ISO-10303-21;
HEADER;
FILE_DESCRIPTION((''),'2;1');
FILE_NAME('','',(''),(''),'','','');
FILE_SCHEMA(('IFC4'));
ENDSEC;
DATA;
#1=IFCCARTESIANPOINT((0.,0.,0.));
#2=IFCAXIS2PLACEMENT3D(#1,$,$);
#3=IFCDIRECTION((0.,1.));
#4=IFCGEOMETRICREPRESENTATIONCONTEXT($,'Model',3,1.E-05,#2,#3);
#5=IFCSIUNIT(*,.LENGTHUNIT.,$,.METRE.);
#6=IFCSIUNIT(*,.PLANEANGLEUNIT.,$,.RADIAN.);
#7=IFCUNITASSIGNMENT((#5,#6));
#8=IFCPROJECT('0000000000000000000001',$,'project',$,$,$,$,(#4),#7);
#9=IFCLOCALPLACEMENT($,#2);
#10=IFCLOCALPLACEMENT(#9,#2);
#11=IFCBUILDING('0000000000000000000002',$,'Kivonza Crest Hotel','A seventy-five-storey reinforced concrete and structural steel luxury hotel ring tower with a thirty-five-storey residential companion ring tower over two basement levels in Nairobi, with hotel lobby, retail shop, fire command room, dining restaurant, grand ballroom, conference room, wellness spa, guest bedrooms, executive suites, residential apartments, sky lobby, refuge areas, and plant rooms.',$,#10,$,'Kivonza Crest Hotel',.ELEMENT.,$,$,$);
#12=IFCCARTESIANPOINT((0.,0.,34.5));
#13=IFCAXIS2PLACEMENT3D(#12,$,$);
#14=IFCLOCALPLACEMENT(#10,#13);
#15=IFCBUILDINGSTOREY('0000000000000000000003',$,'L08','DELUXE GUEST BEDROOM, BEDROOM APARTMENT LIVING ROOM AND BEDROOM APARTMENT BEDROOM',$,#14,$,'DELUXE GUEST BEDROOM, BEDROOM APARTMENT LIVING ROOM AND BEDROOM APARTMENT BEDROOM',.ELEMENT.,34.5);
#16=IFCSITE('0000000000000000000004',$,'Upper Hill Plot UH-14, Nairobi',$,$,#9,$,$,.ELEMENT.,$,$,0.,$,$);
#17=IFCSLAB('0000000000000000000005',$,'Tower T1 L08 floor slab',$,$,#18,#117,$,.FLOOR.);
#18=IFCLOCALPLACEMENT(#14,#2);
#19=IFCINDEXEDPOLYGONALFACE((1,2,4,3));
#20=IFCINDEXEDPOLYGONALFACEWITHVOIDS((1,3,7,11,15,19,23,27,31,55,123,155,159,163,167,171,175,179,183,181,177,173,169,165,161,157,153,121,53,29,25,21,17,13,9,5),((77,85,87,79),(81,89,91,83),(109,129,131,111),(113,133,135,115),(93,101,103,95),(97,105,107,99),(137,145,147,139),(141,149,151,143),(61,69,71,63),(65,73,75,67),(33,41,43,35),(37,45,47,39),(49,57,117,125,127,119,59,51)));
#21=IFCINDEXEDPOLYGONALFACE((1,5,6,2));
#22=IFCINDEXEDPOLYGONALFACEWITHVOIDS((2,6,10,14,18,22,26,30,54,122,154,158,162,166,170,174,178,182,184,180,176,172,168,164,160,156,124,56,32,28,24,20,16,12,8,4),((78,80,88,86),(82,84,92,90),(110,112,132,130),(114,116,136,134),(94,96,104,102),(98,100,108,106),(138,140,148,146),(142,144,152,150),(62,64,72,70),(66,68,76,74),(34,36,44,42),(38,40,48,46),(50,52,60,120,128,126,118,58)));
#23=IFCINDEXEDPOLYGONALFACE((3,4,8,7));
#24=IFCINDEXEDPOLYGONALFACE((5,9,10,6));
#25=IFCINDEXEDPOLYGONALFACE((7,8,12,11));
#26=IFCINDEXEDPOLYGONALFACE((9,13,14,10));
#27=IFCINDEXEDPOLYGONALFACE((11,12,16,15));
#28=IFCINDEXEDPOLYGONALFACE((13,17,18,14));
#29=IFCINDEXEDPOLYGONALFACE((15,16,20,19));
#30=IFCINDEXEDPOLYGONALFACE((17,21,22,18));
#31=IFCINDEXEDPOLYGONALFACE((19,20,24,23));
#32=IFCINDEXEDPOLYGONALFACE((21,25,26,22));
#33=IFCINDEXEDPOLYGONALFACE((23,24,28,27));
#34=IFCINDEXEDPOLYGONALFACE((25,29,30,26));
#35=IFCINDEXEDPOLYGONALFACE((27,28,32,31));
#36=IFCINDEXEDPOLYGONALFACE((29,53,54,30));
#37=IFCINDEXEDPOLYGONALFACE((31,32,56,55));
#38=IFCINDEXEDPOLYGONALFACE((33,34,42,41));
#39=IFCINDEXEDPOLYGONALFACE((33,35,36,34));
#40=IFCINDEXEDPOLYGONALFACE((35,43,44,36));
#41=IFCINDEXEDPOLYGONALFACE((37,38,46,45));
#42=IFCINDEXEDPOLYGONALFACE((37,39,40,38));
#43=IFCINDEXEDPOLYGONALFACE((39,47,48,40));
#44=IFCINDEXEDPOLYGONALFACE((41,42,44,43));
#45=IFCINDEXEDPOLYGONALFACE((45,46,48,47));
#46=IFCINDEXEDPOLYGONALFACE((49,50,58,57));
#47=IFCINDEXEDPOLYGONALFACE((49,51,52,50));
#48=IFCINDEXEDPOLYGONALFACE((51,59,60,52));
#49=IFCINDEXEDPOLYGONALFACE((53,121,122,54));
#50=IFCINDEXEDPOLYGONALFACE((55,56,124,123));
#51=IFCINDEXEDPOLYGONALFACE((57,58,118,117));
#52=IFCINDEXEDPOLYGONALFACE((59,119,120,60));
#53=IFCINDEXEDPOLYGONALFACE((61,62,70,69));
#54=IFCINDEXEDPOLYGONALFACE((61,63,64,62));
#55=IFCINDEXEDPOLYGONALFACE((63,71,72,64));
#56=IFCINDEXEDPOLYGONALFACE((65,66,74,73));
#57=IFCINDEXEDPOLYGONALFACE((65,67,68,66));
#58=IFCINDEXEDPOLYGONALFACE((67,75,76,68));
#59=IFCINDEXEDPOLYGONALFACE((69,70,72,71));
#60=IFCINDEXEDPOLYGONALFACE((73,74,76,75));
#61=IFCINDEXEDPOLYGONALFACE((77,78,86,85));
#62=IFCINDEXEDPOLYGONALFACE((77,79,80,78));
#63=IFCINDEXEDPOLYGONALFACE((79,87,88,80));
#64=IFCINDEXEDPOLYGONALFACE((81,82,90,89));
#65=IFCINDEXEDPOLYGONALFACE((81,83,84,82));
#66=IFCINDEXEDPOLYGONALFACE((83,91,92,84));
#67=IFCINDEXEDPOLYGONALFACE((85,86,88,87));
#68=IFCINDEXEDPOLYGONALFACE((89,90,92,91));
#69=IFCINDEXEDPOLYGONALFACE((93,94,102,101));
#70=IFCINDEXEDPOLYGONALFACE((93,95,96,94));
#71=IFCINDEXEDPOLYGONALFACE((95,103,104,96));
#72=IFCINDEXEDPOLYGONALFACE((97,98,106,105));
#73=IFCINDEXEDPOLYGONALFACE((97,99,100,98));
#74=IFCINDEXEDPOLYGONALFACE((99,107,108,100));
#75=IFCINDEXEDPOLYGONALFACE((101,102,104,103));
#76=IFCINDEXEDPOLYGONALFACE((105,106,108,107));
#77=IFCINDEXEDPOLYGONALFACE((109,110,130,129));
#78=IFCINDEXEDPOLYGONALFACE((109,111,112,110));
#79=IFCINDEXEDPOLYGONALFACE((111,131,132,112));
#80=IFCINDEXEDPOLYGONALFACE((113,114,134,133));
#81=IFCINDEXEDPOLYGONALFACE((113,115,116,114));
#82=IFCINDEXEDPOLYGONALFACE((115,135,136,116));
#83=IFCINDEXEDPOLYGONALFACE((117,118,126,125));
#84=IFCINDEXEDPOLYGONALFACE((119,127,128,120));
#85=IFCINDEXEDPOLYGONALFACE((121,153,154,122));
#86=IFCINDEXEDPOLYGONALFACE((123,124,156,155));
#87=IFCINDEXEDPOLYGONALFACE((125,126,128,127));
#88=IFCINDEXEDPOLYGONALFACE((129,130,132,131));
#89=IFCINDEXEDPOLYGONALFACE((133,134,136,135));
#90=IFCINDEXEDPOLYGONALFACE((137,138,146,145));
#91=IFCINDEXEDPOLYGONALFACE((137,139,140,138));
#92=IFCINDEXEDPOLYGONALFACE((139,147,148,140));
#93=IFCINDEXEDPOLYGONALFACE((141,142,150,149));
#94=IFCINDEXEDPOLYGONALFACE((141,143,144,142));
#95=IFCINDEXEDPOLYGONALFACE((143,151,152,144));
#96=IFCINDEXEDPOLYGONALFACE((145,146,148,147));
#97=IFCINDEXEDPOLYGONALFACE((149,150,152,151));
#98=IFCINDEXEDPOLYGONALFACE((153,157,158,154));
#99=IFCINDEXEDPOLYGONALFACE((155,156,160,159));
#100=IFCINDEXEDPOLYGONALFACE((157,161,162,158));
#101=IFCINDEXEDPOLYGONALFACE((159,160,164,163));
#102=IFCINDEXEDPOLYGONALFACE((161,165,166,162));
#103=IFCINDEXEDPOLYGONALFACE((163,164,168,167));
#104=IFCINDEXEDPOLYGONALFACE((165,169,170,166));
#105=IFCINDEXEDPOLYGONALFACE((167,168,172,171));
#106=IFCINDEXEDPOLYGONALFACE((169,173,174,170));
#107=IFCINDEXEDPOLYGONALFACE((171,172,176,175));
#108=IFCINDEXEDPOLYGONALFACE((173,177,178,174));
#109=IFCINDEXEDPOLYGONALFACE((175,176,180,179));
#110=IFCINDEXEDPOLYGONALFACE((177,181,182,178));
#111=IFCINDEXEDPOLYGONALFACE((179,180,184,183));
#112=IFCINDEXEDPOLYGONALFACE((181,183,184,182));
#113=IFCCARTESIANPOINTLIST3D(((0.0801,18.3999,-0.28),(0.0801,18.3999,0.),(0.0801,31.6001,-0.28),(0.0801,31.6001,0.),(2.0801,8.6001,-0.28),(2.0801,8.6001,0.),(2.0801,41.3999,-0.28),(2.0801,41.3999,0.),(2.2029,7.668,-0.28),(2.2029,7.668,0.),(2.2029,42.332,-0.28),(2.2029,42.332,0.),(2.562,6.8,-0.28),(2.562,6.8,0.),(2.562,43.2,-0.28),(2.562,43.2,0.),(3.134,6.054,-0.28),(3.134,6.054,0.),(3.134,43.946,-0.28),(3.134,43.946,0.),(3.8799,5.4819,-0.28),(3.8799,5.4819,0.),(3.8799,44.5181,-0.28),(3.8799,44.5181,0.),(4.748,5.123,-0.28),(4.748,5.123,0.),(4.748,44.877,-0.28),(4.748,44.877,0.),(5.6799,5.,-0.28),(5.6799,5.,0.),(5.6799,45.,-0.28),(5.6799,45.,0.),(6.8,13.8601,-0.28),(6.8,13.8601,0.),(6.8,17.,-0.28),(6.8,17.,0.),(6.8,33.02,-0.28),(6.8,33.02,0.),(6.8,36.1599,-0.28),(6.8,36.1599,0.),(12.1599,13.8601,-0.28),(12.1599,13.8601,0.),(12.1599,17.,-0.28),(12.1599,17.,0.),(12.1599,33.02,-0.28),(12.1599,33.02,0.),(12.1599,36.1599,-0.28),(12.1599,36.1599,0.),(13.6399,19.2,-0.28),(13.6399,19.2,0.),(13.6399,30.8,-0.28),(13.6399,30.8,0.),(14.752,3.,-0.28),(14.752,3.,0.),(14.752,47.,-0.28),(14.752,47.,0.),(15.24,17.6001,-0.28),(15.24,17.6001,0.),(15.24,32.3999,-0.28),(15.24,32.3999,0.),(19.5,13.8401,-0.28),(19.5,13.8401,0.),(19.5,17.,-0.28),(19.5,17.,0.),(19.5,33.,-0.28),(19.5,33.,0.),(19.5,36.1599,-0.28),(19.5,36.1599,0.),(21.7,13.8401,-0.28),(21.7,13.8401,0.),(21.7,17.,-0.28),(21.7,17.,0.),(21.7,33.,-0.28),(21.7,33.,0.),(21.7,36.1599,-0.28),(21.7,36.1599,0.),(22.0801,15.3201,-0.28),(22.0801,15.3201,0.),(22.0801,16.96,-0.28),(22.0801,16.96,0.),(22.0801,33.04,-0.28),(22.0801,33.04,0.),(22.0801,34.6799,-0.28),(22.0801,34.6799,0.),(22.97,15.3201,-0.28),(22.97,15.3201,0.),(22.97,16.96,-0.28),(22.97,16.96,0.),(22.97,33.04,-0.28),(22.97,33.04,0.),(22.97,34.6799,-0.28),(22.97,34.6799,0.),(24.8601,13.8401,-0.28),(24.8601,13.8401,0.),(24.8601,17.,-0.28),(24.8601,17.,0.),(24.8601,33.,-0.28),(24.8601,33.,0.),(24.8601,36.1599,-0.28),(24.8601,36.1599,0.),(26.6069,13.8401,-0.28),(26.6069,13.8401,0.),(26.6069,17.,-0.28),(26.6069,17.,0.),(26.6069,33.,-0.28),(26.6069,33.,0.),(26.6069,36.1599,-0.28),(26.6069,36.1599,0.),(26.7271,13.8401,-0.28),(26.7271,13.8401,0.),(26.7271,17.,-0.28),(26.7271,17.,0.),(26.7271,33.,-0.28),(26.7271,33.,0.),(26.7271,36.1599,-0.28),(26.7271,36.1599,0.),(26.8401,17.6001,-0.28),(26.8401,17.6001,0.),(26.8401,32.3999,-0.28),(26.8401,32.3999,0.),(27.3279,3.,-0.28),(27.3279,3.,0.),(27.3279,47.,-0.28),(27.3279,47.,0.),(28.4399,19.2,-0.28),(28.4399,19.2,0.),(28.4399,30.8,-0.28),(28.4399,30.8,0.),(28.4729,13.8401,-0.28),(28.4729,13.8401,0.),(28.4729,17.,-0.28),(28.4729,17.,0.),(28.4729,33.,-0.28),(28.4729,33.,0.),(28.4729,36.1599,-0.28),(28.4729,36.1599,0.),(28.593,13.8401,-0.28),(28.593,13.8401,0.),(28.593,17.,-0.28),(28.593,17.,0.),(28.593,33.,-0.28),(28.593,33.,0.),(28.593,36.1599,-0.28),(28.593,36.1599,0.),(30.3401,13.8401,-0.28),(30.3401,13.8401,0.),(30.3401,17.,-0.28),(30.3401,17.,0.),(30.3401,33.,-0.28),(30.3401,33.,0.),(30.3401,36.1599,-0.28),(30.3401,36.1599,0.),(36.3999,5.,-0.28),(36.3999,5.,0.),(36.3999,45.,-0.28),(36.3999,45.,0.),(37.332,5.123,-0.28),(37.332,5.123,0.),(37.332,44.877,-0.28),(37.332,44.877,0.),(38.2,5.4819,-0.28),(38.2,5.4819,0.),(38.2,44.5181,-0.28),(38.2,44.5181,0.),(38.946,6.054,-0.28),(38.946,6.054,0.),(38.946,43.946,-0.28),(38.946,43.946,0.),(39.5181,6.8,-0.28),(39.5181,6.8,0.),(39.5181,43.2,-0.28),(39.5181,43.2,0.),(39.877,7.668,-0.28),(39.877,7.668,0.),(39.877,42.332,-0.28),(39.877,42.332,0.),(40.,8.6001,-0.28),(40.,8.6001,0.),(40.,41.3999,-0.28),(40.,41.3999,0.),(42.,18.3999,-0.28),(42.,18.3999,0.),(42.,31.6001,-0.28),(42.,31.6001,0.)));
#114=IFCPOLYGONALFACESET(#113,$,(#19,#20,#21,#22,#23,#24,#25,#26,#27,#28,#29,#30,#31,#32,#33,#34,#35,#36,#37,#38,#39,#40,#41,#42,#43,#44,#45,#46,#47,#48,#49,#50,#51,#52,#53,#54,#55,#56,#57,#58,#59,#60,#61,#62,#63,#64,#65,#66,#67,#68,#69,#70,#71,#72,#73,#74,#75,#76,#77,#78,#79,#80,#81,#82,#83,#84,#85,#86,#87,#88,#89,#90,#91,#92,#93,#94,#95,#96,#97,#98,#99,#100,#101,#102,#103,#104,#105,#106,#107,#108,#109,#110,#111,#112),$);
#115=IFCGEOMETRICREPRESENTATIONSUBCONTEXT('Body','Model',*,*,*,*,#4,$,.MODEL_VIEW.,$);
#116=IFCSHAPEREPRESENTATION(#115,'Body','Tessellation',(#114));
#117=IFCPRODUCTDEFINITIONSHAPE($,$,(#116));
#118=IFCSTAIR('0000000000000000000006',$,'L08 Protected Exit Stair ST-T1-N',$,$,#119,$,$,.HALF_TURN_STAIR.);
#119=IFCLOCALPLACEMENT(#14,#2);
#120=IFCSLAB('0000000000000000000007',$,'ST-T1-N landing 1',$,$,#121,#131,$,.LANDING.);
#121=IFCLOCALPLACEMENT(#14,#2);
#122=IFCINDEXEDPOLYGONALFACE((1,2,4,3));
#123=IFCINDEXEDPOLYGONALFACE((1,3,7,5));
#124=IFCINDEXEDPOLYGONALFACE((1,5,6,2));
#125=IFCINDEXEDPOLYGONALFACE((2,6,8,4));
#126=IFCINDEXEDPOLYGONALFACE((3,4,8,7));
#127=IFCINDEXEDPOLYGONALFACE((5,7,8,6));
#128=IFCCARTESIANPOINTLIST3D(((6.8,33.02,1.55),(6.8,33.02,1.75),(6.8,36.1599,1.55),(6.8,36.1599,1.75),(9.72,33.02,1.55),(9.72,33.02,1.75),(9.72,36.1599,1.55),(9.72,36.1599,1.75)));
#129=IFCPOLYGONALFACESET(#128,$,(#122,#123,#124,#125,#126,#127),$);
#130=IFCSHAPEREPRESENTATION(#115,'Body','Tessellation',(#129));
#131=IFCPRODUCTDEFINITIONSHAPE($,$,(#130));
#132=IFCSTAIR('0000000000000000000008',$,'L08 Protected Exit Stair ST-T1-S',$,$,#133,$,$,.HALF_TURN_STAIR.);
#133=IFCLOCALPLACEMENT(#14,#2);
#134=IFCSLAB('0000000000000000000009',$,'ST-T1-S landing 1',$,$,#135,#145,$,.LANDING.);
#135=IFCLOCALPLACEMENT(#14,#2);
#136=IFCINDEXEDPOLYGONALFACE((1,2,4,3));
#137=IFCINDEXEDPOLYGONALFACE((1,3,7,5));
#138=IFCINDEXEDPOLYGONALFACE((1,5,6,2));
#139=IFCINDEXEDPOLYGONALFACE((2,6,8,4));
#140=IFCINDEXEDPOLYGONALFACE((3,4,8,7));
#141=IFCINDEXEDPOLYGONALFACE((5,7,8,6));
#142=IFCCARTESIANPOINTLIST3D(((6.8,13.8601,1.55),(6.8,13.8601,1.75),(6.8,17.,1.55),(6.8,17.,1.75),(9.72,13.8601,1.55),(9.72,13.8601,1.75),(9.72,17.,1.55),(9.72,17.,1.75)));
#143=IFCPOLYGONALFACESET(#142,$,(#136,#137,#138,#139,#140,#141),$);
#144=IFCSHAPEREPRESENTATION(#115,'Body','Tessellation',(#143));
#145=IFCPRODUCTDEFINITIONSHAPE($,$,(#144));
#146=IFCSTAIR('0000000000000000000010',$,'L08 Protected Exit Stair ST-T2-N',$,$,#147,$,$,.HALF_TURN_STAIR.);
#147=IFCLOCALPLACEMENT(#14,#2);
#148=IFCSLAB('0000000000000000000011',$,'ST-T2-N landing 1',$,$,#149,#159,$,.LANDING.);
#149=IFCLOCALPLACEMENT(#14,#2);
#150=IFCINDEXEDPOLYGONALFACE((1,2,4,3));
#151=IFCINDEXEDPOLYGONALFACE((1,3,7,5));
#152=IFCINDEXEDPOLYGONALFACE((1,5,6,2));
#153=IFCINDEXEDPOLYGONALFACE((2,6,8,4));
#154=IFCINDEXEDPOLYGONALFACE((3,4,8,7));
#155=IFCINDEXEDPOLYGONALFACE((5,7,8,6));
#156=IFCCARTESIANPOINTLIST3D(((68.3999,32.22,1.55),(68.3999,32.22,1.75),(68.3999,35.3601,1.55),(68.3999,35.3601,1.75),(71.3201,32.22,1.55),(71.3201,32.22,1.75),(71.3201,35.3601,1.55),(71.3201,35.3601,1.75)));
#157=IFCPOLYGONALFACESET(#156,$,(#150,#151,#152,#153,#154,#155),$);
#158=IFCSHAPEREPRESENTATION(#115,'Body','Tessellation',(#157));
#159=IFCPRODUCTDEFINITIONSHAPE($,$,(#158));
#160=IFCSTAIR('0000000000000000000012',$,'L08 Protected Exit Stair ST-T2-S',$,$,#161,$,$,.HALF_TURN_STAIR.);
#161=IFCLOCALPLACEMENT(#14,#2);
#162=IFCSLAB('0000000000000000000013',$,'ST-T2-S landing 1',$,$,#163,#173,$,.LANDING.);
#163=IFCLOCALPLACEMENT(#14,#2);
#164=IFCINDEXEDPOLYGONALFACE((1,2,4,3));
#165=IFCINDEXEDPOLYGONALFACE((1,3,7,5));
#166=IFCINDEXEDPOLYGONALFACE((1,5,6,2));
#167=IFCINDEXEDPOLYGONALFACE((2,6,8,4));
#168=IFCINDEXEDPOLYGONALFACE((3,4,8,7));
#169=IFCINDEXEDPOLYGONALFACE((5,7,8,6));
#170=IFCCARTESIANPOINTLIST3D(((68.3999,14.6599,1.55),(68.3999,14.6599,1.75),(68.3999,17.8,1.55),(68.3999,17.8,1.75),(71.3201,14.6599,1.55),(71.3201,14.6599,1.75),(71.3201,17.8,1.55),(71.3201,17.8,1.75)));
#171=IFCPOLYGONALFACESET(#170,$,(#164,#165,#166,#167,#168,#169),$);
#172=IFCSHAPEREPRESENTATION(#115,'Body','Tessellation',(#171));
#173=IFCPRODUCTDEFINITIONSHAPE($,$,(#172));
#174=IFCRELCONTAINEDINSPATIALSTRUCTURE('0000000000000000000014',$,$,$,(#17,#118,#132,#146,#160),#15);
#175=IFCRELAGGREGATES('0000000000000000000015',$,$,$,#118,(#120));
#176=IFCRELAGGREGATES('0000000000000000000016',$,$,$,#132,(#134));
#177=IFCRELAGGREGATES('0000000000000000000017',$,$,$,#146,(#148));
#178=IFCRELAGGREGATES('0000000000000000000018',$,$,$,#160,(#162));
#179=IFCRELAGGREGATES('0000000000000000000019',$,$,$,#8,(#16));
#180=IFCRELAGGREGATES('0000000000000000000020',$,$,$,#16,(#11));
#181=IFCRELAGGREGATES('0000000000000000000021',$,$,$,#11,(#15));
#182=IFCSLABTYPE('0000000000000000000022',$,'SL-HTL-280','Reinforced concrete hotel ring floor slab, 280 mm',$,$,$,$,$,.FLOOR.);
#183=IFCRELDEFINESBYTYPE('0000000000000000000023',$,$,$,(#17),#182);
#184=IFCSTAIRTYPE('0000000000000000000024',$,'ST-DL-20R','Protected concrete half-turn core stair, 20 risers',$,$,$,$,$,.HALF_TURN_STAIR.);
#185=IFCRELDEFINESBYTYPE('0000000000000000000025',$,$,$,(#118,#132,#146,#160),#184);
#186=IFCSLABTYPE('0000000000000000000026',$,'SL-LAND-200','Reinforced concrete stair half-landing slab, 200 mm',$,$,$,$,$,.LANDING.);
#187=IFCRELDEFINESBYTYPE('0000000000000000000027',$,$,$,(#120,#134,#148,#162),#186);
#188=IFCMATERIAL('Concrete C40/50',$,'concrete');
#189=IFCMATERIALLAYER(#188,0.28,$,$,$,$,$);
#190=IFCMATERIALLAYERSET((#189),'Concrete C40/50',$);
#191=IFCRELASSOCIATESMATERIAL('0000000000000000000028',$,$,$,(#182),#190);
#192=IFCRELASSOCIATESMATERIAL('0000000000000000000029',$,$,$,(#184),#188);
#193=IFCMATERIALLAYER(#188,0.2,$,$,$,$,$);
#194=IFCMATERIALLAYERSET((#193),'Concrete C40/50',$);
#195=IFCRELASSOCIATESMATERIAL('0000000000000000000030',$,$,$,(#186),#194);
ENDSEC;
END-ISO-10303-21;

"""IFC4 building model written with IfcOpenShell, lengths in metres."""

from ifc_helpers import new_model, si_unit, direction, frame, origin, place, context, subcontext, project, spatial, polyline, outline, extrude, material, layer, layer_set, type_object, element, aggregate, save


model = new_model("IFC4")

# Units and contexts
model_context = context("Model", 3, precision=1e-05, world=origin(), true_north=direction((0.0, 1.0)))
body_context = subcontext(model_context, "Body", "Model", "MODEL_VIEW")
ifc_project = project(units=[si_unit("LENGTHUNIT", "METRE"), si_unit("PLANEANGLEUNIT", "RADIAN")], contexts=[model_context])

# Site, building, storey
site_placement = place(None, origin())
site = spatial("IfcSite", under=ifc_project, at=site_placement, Name="Upper Hill Plot UH-14, Nairobi", CompositionType="ELEMENT", RefElevation=0.0)
building_placement = place(site_placement, origin())
building = spatial("IfcBuilding", under=site, at=building_placement, Name="Kivonza Crest Hotel", Description="A seventy-five-storey reinforced concrete and structural steel luxury hotel ring tower with a thirty-five-storey residential companion ring tower over two basement levels in Nairobi, with hotel lobby, retail shop, fire command room, dining restaurant, grand ballroom, conference room, wellness spa, guest bedrooms, executive suites, residential apartments, sky lobby, refuge areas, and plant rooms.", LongName="Kivonza Crest Hotel", CompositionType="ELEMENT")
storey_placement = place(building_placement, frame((0.0, 0.0, 34.5)))
storey = spatial("IfcBuildingStorey", under=building, at=storey_placement, Name="L08", Description="DELUXE GUEST BEDROOM, BEDROOM APARTMENT LIVING ROOM AND BEDROOM APARTMENT BEDROOM", LongName="DELUXE GUEST BEDROOM, BEDROOM APARTMENT LIVING ROOM AND BEDROOM APARTMENT BEDROOM", CompositionType="ELEMENT", Elevation=34.5)

# Slab
ifc_material_1 = material(Name="Concrete C40/50", Category="concrete")
ifc_layer_1 = layer(ifc_material_1, 0.28)
ifc_layer_set_1 = layer_set([ifc_layer_1], Name="Concrete C40/50")
slab_type_1 = type_object("IfcSlabType", Name="SL-HTL-280", Description="Reinforced concrete hotel ring floor slab, 280 mm", PredefinedType="FLOOR", material=ifc_layer_set_1)
slab_1_placement = place(storey_placement, frame((0.0, 0.0, -0.28)))
element("IfcSlab", 1, at=slab_1_placement, inside=storey, type_object=slab_type_1, Name="Tower T1 L08 floor slab", PredefinedType="FLOOR", context=body_context, shape_type="SweptSolid", body=[
    extrude(outline(polyline([(2.0801, 8.6001), (2.2029, 7.668), (2.562, 6.8), (3.134, 6.054), (3.8799, 5.4819), (4.748, 5.123), (5.6799, 5.0), (14.752, 3.0), (27.3279, 3.0), (36.3999, 5.0), (37.332, 5.123), (38.2, 5.4819), (38.946, 6.054), (39.5181, 6.8), (39.877, 7.668), (40.0, 8.6001), (42.0, 18.3999), (42.0, 31.6001), (40.0, 41.3999), (39.877, 42.332), (39.5181, 43.2), (38.946, 43.946), (38.2, 44.5181), (37.332, 44.877), (36.3999, 45.0), (27.3279, 47.0), (14.752, 47.0), (5.6799, 45.0), (4.748, 44.877), (3.8799, 44.5181), (3.134, 43.946), (2.562, 43.2), (2.2029, 42.332), (2.0801, 41.3999), (0.0801, 31.6001), (0.0801, 18.3999), (2.0801, 8.6001)]), holes=[polyline([(15.24, 17.6001), (26.8401, 17.6001), (28.4399, 19.2), (28.4399, 30.8), (26.8401, 32.3999), (15.24, 32.3999), (13.6399, 30.8), (13.6399, 19.2), (15.24, 17.6001)]), polyline([(6.8, 33.02), (12.1599, 33.02), (12.1599, 36.1599), (6.8, 36.1599), (6.8, 33.02)]), polyline([(6.8, 13.8601), (12.1599, 13.8601), (12.1599, 17.0), (6.8, 17.0), (6.8, 13.8601)]), polyline([(22.0801, 33.04), (22.97, 33.04), (22.97, 34.6799), (22.0801, 34.6799), (22.0801, 33.04)]), polyline([(22.0801, 15.3201), (22.97, 15.3201), (22.97, 16.96), (22.0801, 16.96), (22.0801, 15.3201)]), polyline([(19.5, 33.0), (21.7, 33.0), (21.7, 36.1599), (19.5, 36.1599), (19.5, 33.0)]), polyline([(24.8601, 33.0), (26.6069, 33.0), (26.6069, 36.1599), (24.8601, 36.1599), (24.8601, 33.0)]), polyline([(26.7271, 33.0), (28.4729, 33.0), (28.4729, 36.1599), (26.7271, 36.1599), (26.7271, 33.0)]), polyline([(28.593, 33.0), (30.3401, 33.0), (30.3401, 36.1599), (28.593, 36.1599), (28.593, 33.0)]), polyline([(19.5, 13.8401), (21.7, 13.8401), (21.7, 17.0), (19.5, 17.0), (19.5, 13.8401)]), polyline([(24.8601, 13.8401), (26.6069, 13.8401), (26.6069, 17.0), (24.8601, 17.0), (24.8601, 13.8401)]), polyline([(26.7271, 13.8401), (28.4729, 13.8401), (28.4729, 17.0), (26.7271, 17.0), (26.7271, 13.8401)]), polyline([(28.593, 13.8401), (30.3401, 13.8401), (30.3401, 17.0), (28.593, 17.0), (28.593, 13.8401)])]), origin(), (0.0, 0.0, 1.0), 0.28),
])

# Stairs, slabs
stair_type = type_object("IfcStairType", Name="ST-DL-20R", Description="Protected concrete half-turn core stair, 20 risers", PredefinedType="HALF_TURN_STAIR", material=ifc_material_1)
stair_1_placement = place(storey_placement, origin())
stair_1 = element("IfcStair", 2, at=stair_1_placement, inside=storey, type_object=stair_type, Name="L08 Protected Exit Stair ST-T1-N", PredefinedType="HALF_TURN_STAIR")
ifc_layer_2 = layer(ifc_material_1, 0.2)
ifc_layer_set_2 = layer_set([ifc_layer_2], Name="Concrete C40/50")
slab_type_2 = type_object("IfcSlabType", Name="SL-LAND-200", Description="Reinforced concrete stair half-landing slab, 200 mm", PredefinedType="LANDING", material=ifc_layer_set_2)
slab_2_placement = place(storey_placement, frame((0.0, 0.0, 1.55)))
slab_2 = element("IfcSlab", 3, at=slab_2_placement, type_object=slab_type_2, Name="ST-T1-N landing 1", PredefinedType="LANDING", context=body_context, shape_type="SweptSolid", body=[
    extrude(outline(polyline([(9.72, 36.1599), (6.8, 36.1599), (6.8, 33.02), (9.72, 33.02), (9.72, 36.1599)])), origin(), (0.0, 0.0, 1.0), 0.2),
])
aggregate(stair_1, [slab_2])
stair_2_placement = place(storey_placement, origin())
stair_2 = element("IfcStair", 4, at=stair_2_placement, inside=storey, type_object=stair_type, Name="L08 Protected Exit Stair ST-T1-S", PredefinedType="HALF_TURN_STAIR")
slab_3_placement = place(storey_placement, frame((0.0, 0.0, 1.55)))
slab_3 = element("IfcSlab", 5, at=slab_3_placement, type_object=slab_type_2, Name="ST-T1-S landing 1", PredefinedType="LANDING", context=body_context, shape_type="SweptSolid", body=[
    extrude(outline(polyline([(9.72, 17.0), (6.8, 17.0), (6.8, 13.8601), (9.72, 13.8601), (9.72, 17.0)])), origin(), (0.0, 0.0, 1.0), 0.2),
])
aggregate(stair_2, [slab_3])
stair_3_placement = place(storey_placement, origin())
stair_3 = element("IfcStair", 6, at=stair_3_placement, inside=storey, type_object=stair_type, Name="L08 Protected Exit Stair ST-T2-N", PredefinedType="HALF_TURN_STAIR")
slab_4_placement = place(storey_placement, frame((0.0, 0.0, 1.55)))
slab_4 = element("IfcSlab", 7, at=slab_4_placement, type_object=slab_type_2, Name="ST-T2-N landing 1", PredefinedType="LANDING", context=body_context, shape_type="SweptSolid", body=[
    extrude(outline(polyline([(71.3201, 35.3601), (68.3999, 35.3601), (68.3999, 32.22), (71.3201, 32.22), (71.3201, 35.3601)])), origin(), (0.0, 0.0, 1.0), 0.2),
])
aggregate(stair_3, [slab_4])
stair_4_placement = place(storey_placement, origin())
stair_4 = element("IfcStair", 8, at=stair_4_placement, inside=storey, type_object=stair_type, Name="L08 Protected Exit Stair ST-T2-S", PredefinedType="HALF_TURN_STAIR")
slab_5_placement = place(storey_placement, frame((0.0, 0.0, 1.55)))
slab_5 = element("IfcSlab", 9, at=slab_5_placement, type_object=slab_type_2, Name="ST-T2-S landing 1", PredefinedType="LANDING", context=body_context, shape_type="SweptSolid", body=[
    extrude(outline(polyline([(71.3201, 17.8), (68.3999, 17.8), (68.3999, 14.6599), (71.3201, 14.6599), (71.3201, 17.8)])), origin(), (0.0, 0.0, 1.0), 0.2),
])
aggregate(stair_4, [slab_5])

save(model, "model.ifc")
